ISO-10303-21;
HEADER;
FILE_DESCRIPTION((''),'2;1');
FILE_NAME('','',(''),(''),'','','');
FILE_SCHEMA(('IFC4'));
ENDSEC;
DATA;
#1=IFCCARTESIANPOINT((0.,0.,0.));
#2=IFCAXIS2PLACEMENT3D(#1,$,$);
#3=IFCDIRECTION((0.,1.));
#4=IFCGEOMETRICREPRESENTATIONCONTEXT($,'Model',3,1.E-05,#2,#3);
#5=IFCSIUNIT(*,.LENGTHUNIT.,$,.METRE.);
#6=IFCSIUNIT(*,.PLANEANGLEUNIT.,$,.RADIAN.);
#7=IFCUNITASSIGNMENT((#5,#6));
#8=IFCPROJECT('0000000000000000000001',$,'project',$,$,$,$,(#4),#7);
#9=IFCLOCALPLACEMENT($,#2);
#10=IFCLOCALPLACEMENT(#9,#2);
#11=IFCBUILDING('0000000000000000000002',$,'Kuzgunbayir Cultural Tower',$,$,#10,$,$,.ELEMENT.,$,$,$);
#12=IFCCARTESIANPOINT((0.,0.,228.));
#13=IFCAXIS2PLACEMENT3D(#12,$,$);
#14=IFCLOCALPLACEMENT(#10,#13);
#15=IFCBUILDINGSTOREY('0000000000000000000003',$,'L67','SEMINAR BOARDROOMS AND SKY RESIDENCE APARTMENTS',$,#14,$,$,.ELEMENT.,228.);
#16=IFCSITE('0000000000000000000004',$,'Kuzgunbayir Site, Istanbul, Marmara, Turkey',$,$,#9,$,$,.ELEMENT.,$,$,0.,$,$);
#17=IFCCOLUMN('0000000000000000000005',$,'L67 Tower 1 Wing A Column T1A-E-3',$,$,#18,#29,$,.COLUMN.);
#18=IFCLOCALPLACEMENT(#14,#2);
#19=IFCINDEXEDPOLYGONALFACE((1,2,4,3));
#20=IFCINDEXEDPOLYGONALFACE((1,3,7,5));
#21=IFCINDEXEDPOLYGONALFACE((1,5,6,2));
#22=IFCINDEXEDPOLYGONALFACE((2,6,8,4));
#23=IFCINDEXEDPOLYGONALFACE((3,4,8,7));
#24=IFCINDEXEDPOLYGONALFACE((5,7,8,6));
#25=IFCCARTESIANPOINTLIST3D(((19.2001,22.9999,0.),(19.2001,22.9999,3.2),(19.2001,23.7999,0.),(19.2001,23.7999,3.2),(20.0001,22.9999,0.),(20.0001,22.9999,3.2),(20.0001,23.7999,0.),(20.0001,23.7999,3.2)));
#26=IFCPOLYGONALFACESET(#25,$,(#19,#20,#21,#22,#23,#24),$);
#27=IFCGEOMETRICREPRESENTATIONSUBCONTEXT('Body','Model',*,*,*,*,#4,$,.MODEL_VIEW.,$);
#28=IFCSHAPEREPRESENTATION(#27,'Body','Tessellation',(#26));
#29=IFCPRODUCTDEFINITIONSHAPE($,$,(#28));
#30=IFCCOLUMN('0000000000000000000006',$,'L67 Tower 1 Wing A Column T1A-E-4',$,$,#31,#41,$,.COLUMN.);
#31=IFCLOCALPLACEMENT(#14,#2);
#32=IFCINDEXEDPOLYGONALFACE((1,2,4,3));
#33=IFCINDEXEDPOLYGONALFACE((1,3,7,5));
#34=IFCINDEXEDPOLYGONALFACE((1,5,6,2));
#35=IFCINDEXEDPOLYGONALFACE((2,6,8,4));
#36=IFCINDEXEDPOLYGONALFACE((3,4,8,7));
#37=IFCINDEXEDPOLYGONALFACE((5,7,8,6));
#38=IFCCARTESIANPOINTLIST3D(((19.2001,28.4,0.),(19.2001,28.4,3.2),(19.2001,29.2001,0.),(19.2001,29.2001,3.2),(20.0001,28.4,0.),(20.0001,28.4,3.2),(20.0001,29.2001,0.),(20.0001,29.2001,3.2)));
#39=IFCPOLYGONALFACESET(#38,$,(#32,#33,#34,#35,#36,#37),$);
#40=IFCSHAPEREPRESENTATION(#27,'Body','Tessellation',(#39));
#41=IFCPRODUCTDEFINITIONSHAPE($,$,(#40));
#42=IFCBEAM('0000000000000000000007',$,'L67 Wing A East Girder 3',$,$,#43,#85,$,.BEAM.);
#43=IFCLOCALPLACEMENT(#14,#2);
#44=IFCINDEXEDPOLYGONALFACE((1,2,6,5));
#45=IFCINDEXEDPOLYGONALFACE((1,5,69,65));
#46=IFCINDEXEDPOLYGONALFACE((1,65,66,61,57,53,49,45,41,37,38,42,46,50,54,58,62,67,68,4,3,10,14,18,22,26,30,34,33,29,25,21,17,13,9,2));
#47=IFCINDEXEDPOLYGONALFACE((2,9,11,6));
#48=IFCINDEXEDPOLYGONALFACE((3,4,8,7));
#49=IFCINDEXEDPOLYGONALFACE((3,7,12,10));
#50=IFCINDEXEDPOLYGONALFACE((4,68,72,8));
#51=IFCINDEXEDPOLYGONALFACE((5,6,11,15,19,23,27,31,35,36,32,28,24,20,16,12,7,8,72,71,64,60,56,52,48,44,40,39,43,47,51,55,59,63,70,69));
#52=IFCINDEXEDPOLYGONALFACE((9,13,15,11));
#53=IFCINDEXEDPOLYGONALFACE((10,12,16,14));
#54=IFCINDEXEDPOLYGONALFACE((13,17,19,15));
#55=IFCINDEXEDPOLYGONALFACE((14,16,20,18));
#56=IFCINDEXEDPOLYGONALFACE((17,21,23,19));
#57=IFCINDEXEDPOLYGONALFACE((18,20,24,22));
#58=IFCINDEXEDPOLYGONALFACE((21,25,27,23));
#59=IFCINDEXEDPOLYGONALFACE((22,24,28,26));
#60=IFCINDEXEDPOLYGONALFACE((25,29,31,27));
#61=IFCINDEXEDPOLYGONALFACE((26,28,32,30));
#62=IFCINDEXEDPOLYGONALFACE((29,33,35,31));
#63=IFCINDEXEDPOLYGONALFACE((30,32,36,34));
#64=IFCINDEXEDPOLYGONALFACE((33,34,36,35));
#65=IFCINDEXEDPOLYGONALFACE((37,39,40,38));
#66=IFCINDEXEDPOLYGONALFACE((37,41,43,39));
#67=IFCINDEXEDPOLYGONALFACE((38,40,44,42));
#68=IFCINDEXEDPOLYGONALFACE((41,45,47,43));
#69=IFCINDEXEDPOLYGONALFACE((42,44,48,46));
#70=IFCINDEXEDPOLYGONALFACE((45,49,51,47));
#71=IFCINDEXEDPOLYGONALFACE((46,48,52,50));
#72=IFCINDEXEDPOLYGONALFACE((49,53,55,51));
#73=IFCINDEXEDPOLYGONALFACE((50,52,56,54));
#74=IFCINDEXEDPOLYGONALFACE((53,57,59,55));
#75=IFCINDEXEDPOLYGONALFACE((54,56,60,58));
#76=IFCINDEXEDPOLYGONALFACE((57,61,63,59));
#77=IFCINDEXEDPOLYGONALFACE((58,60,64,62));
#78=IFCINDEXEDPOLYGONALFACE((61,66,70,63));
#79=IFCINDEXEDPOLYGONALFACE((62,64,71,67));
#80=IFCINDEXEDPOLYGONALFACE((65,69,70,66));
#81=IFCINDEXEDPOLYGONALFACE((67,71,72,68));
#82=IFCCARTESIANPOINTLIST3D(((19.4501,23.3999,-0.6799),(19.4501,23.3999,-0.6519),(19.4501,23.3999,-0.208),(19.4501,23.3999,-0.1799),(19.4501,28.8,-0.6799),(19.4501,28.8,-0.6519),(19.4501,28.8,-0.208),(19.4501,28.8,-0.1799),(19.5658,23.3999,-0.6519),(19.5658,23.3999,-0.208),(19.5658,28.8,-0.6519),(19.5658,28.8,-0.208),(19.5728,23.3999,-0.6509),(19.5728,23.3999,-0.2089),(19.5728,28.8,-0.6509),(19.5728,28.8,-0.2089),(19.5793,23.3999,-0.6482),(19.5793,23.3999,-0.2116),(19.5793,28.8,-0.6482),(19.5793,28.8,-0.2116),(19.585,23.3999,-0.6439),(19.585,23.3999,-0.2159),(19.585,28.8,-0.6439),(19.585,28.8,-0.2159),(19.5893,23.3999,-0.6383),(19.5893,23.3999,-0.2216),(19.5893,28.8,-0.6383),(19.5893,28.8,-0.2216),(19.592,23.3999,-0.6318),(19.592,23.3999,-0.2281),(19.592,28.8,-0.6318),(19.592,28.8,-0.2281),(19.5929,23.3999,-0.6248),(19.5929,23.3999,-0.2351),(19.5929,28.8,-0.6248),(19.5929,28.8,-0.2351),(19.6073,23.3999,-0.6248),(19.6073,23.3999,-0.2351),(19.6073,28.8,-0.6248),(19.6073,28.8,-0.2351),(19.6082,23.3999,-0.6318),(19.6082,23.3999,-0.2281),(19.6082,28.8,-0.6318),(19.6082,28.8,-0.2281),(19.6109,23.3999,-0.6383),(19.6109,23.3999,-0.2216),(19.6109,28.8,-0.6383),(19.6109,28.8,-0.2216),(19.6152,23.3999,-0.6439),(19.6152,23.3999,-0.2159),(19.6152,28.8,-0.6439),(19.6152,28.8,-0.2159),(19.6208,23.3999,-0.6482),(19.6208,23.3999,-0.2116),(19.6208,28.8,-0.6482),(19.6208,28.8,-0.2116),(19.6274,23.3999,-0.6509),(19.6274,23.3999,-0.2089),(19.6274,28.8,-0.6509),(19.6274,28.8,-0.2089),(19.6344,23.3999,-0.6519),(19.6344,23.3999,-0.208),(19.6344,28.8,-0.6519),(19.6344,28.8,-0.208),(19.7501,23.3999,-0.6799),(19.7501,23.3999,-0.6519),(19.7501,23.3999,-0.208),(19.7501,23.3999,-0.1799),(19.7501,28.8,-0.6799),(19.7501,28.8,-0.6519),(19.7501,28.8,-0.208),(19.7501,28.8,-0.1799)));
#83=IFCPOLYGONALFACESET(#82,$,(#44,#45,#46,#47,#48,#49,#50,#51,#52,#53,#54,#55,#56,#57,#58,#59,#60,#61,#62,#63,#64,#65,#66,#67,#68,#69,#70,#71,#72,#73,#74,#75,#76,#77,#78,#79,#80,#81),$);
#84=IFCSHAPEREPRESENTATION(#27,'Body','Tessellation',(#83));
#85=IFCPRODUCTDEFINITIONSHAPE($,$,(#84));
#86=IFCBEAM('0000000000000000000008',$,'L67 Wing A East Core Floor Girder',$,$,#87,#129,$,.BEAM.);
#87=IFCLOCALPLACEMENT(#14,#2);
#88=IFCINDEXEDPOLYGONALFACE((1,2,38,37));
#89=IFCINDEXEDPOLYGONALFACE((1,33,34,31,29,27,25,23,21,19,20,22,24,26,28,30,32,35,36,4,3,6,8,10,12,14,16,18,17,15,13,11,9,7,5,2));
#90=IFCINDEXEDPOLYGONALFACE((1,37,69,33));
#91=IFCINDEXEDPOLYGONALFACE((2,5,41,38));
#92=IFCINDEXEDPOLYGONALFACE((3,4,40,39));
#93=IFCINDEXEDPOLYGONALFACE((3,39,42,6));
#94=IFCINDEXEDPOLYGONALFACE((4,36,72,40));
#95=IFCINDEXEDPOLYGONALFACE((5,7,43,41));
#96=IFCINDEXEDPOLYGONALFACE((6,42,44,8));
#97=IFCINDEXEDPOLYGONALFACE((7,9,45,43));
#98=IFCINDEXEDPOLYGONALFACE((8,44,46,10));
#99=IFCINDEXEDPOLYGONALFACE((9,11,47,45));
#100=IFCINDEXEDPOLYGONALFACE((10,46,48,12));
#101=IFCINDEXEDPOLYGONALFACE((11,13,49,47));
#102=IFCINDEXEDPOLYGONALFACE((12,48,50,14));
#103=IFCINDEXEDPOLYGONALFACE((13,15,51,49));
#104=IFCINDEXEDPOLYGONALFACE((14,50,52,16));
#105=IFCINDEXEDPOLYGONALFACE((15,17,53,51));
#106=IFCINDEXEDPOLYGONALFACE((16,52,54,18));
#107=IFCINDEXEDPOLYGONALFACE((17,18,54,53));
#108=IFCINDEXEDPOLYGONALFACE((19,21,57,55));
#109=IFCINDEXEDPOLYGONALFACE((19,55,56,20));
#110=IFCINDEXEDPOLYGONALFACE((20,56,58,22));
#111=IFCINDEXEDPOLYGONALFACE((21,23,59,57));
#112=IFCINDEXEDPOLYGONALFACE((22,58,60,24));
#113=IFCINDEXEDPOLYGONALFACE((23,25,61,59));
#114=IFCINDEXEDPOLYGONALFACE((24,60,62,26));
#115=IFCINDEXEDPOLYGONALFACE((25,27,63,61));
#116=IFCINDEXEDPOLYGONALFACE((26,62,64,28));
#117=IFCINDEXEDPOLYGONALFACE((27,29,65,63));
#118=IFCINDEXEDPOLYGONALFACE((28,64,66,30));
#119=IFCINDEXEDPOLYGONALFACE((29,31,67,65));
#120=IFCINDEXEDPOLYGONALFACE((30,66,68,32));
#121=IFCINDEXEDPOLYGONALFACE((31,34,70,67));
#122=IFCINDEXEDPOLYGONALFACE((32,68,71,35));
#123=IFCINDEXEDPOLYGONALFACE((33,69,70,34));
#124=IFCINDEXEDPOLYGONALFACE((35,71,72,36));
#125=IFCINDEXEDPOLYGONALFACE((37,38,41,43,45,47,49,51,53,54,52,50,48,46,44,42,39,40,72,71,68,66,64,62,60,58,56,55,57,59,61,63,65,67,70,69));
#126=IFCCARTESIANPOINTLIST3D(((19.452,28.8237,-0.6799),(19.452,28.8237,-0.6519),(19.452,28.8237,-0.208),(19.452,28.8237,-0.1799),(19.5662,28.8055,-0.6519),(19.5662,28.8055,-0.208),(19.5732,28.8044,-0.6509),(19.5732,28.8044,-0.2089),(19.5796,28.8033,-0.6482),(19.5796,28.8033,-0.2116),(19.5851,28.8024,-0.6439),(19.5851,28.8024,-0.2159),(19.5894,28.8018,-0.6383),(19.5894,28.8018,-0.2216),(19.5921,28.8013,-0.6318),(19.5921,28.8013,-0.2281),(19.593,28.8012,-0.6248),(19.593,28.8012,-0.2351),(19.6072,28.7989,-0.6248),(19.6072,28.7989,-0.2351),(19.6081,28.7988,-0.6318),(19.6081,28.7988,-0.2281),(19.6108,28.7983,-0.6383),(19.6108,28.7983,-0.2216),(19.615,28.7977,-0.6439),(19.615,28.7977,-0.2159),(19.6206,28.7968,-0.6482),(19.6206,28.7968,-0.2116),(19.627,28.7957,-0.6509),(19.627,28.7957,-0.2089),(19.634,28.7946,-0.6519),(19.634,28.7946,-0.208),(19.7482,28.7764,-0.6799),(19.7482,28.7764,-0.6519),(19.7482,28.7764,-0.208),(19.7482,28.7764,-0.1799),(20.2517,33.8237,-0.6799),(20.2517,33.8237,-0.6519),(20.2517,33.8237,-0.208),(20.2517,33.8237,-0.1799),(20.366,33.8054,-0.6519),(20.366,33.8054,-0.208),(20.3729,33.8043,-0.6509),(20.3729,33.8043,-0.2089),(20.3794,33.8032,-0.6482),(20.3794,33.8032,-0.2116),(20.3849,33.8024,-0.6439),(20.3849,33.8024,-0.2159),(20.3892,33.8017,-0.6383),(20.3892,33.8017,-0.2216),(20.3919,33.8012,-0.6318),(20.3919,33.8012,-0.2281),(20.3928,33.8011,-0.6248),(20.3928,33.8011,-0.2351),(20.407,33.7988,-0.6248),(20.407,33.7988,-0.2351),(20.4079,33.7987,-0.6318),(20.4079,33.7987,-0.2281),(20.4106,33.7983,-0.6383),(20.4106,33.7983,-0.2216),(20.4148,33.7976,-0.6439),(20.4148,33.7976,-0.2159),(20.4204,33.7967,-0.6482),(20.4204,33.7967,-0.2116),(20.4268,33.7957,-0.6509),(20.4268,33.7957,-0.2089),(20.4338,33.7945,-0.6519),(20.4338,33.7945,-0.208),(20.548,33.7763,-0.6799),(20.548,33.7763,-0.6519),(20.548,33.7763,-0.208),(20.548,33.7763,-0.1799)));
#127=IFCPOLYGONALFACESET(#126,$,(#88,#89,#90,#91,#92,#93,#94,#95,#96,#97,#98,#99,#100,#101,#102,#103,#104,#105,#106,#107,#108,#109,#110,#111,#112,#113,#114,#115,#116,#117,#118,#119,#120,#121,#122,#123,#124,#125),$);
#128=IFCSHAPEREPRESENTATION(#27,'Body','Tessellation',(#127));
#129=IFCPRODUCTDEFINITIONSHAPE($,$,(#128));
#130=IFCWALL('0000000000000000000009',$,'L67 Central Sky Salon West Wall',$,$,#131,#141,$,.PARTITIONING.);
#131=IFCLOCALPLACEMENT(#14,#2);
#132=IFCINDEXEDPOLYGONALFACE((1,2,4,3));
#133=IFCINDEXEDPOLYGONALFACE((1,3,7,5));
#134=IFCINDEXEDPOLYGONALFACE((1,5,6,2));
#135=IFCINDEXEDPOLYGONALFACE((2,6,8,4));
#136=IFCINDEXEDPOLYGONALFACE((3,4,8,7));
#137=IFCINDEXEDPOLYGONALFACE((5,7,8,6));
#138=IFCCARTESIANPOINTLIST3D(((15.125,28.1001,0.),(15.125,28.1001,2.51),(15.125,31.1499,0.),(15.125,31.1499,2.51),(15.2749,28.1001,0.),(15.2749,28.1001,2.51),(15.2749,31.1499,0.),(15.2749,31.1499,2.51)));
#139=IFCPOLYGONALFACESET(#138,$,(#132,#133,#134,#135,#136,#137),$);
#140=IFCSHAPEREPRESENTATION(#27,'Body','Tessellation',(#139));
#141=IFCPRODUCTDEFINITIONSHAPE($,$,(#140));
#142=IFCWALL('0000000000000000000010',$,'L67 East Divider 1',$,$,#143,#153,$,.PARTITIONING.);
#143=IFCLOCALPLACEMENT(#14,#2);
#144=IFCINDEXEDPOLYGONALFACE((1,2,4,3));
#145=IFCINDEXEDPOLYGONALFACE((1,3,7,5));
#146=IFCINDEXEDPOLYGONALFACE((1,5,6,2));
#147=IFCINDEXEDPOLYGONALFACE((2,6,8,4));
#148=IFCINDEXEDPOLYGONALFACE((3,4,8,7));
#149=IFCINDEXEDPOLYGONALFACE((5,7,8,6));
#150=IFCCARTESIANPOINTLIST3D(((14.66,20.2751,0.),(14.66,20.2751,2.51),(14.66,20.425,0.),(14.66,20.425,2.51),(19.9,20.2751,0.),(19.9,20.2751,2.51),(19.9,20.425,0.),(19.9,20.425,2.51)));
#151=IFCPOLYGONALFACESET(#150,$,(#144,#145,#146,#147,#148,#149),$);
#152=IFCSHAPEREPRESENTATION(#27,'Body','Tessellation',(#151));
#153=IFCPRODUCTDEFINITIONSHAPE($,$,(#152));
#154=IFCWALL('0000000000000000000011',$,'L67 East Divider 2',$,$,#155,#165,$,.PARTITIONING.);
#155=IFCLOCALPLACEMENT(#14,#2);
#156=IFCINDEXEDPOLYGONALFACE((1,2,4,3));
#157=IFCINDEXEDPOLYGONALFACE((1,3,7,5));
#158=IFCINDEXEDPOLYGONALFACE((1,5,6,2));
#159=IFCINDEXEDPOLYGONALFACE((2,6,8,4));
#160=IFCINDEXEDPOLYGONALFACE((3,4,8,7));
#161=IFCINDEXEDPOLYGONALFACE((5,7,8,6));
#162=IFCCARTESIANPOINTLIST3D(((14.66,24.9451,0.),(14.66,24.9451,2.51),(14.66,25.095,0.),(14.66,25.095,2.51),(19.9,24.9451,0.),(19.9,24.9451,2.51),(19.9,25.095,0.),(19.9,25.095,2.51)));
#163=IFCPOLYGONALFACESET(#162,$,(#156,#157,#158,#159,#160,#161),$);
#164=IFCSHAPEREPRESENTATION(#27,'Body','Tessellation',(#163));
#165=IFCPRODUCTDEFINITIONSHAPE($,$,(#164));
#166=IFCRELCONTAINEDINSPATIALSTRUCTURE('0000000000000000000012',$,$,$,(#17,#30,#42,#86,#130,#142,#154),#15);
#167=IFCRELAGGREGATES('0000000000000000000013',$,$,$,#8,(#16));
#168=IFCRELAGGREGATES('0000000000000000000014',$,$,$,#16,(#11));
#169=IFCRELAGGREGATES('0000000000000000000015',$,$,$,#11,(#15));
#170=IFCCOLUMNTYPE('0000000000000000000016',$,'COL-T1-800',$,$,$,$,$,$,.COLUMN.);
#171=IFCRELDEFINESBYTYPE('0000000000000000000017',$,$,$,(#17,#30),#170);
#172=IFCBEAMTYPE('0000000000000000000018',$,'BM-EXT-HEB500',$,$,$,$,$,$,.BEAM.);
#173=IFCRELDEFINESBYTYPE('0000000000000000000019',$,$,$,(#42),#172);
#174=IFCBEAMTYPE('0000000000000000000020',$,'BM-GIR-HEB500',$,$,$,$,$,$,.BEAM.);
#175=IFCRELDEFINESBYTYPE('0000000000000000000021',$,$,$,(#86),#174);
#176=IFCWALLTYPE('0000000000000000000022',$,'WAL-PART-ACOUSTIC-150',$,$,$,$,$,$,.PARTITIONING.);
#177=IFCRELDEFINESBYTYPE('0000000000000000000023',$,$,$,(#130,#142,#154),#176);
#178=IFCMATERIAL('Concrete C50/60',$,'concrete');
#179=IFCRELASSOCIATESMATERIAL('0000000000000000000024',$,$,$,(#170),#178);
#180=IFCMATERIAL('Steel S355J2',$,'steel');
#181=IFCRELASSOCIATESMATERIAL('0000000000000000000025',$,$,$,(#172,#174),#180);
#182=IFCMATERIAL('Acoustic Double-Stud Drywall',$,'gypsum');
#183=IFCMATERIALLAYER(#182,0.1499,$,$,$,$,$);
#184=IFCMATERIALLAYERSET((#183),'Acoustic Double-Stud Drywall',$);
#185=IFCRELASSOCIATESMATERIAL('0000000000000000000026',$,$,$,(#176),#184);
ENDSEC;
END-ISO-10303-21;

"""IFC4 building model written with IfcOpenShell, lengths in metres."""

from ifc_helpers import new_model, si_unit, direction, frame, frame_2d, origin, origin_2d, place, context, subcontext, project, spatial, rectangle, i_section, extrude, material, layer, layer_set, material_profile, profile_set, type_object, element, save


model = new_model("IFC4")

# Units and contexts
model_context = context("Model", 3, precision=1e-05, world=origin(), true_north=direction((0.0, 1.0)))
body_context = subcontext(model_context, "Body", "Model", "MODEL_VIEW")
ifc_project = project(units=[si_unit("LENGTHUNIT", "METRE"), si_unit("PLANEANGLEUNIT", "RADIAN")], contexts=[model_context])

# Site, building, storey
site_placement = place(None, origin())
site = spatial("IfcSite", under=ifc_project, at=site_placement, Name="Kuzgunbayir Site, Istanbul, Marmara, Turkey", CompositionType="ELEMENT", RefElevation=0.0)
building_placement = place(site_placement, origin())
building = spatial("IfcBuilding", under=site, at=building_placement, Name="Kuzgunbayir Cultural Tower", CompositionType="ELEMENT")
storey_placement = place(building_placement, frame((0.0, 0.0, 228.0)))
storey = spatial("IfcBuildingStorey", under=building, at=storey_placement, Name="L67", Description="SEMINAR BOARDROOMS AND SKY RESIDENCE APARTMENTS", CompositionType="ELEMENT", Elevation=228.0)

# Columns
ifc_material_1 = material(Name="Concrete C50/60", Category="concrete")
ifc_material_profile_1 = material_profile(ifc_material_1, rectangle(XDim=0.8, YDim=0.8, at=origin_2d()), Name="RC 800x800")
ifc_profile_set_1 = profile_set([ifc_material_profile_1], Name="Concrete C50/60")
column_type = type_object("IfcColumnType", Name="COL-T1-800", PredefinedType="COLUMN", material=ifc_profile_set_1)
for number, where, z_axis, x_axis, name in (
    (1, (19.6001, 23.3999, 0.0), (0.0, 0.0, 1.0), (1.0, 0.0, 0.0), "L67 Tower 1 Wing A Column T1A-E-3"),
    (2, (19.6001, 28.8, 0.0), (0.0, 0.0, 1.0), (1.0, 0.0, 0.0), "L67 Tower 1 Wing A Column T1A-E-4"),
):
    element("IfcColumn", number, at=place(storey_placement, frame(where, z_axis=z_axis, x_axis=x_axis)), inside=storey, type_object=column_type, Name=name, PredefinedType="COLUMN", context=body_context, shape_type="SweptSolid", body=[
        extrude(rectangle(XDim=0.8, YDim=0.8, at=origin_2d()), origin(), (0.0, 0.0, 1.0), 3.2),
    ])

# Beams
ifc_material_2 = material(Name="Steel S355J2", Category="steel")
ifc_material_profile_2 = material_profile(ifc_material_2, i_section(OverallWidth=0.3, OverallDepth=0.5, WebThickness=0.0144, FlangeThickness=0.0281, FilletRadius=0.0271, at=origin_2d()), Name="HEB 500")
ifc_profile_set_2 = profile_set([ifc_material_profile_2], Name="Steel S355J2")
beam_type_1 = type_object("IfcBeamType", Name="BM-EXT-HEB500", PredefinedType="BEAM", material=ifc_profile_set_2)
beam_1_placement = place(storey_placement, frame((19.6001, 23.3999, -0.4299), z_axis=(0.0, 1.0, 0.0), x_axis=(-1.0, 0.0, 0.0)))
element("IfcBeam", 3, at=beam_1_placement, inside=storey, type_object=beam_type_1, Name="L67 Wing A East Girder 3", PredefinedType="BEAM", context=body_context, shape_type="SweptSolid", body=[
    extrude(i_section(OverallWidth=0.3, OverallDepth=0.5, WebThickness=0.0144, FlangeThickness=0.0281, FilletRadius=0.0271, at=origin_2d()), origin(), (0.0, 0.0, 1.0), 5.4001),
])
ifc_material_profile_3 = material_profile(ifc_material_2, i_section(OverallWidth=0.3, OverallDepth=0.5, WebThickness=0.0144, FlangeThickness=0.0281, FilletRadius=0.0271, at=origin_2d()), Name="HEB 500")
ifc_profile_set_3 = profile_set([ifc_material_profile_3], Name="Steel S355J2")
beam_type_2 = type_object("IfcBeamType", Name="BM-GIR-HEB500", PredefinedType="BEAM", material=ifc_profile_set_3)
beam_2_placement = place(storey_placement, frame((19.6001, 28.8, -0.4299), z_axis=(0.157953, 0.987447, 0.0), x_axis=(-0.987447, 0.157953, 0.0)))
element("IfcBeam", 4, at=beam_2_placement, inside=storey, type_object=beam_type_2, Name="L67 Wing A East Core Floor Girder", PredefinedType="BEAM", context=body_context, shape_type="SweptSolid", body=[
    extrude(i_section(OverallWidth=0.3, OverallDepth=0.5, WebThickness=0.0144, FlangeThickness=0.0281, FilletRadius=0.0271, at=origin_2d()), origin(), (0.0, 0.0, 1.0), 5.0635),
])

# Shared definitions
ifc_material_3 = material(Name="Acoustic Double-Stud Drywall", Category="gypsum")
ifc_layer_1 = layer(ifc_material_3, 0.1499)
ifc_layer_set_1 = layer_set([ifc_layer_1], Name="Acoustic Double-Stud Drywall")
wall_type_1 = type_object("IfcWallType", Name="WAL-PART-ACOUSTIC-150", PredefinedType="PARTITIONING", material=ifc_layer_set_1)

# Walls
wall_1_placement = place(storey_placement, frame((15.2, 28.1001, 0.0), z_axis=(0.0, 0.0, 1.0), x_axis=(0.0, 1.0, 0.0)))
element("IfcWall", 5, at=wall_1_placement, inside=storey, type_object=wall_type_1, Name="L67 Central Sky Salon West Wall", PredefinedType="PARTITIONING", context=body_context, shape_type="SweptSolid", body=[
    extrude(rectangle(XDim=3.0498, YDim=0.1499, at=frame_2d((1.5249, 0.0))), origin(), (0.0, 0.0, 1.0), 2.51),
])
for number, where, z_axis, x_axis, name in (
    (6, (14.6599, 20.3501, 0.0), (0.0, 0.0, 1.0), (1.0, 0.0, 0.0), "L67 East Divider 1"),
    (7, (14.6599, 25.02, 0.0), (0.0, 0.0, 1.0), (1.0, 0.0, 0.0), "L67 East Divider 2"),
):
    element("IfcWall", number, at=place(storey_placement, frame(where, z_axis=z_axis, x_axis=x_axis)), inside=storey, type_object=wall_type_1, Name=name, PredefinedType="PARTITIONING", context=body_context, shape_type="SweptSolid", body=[
        extrude(rectangle(XDim=5.24, YDim=0.1499, at=frame_2d((2.6201, 0.0))), origin(), (0.0, 0.0, 1.0), 2.51),
    ])

save(model, "model.ifc")
